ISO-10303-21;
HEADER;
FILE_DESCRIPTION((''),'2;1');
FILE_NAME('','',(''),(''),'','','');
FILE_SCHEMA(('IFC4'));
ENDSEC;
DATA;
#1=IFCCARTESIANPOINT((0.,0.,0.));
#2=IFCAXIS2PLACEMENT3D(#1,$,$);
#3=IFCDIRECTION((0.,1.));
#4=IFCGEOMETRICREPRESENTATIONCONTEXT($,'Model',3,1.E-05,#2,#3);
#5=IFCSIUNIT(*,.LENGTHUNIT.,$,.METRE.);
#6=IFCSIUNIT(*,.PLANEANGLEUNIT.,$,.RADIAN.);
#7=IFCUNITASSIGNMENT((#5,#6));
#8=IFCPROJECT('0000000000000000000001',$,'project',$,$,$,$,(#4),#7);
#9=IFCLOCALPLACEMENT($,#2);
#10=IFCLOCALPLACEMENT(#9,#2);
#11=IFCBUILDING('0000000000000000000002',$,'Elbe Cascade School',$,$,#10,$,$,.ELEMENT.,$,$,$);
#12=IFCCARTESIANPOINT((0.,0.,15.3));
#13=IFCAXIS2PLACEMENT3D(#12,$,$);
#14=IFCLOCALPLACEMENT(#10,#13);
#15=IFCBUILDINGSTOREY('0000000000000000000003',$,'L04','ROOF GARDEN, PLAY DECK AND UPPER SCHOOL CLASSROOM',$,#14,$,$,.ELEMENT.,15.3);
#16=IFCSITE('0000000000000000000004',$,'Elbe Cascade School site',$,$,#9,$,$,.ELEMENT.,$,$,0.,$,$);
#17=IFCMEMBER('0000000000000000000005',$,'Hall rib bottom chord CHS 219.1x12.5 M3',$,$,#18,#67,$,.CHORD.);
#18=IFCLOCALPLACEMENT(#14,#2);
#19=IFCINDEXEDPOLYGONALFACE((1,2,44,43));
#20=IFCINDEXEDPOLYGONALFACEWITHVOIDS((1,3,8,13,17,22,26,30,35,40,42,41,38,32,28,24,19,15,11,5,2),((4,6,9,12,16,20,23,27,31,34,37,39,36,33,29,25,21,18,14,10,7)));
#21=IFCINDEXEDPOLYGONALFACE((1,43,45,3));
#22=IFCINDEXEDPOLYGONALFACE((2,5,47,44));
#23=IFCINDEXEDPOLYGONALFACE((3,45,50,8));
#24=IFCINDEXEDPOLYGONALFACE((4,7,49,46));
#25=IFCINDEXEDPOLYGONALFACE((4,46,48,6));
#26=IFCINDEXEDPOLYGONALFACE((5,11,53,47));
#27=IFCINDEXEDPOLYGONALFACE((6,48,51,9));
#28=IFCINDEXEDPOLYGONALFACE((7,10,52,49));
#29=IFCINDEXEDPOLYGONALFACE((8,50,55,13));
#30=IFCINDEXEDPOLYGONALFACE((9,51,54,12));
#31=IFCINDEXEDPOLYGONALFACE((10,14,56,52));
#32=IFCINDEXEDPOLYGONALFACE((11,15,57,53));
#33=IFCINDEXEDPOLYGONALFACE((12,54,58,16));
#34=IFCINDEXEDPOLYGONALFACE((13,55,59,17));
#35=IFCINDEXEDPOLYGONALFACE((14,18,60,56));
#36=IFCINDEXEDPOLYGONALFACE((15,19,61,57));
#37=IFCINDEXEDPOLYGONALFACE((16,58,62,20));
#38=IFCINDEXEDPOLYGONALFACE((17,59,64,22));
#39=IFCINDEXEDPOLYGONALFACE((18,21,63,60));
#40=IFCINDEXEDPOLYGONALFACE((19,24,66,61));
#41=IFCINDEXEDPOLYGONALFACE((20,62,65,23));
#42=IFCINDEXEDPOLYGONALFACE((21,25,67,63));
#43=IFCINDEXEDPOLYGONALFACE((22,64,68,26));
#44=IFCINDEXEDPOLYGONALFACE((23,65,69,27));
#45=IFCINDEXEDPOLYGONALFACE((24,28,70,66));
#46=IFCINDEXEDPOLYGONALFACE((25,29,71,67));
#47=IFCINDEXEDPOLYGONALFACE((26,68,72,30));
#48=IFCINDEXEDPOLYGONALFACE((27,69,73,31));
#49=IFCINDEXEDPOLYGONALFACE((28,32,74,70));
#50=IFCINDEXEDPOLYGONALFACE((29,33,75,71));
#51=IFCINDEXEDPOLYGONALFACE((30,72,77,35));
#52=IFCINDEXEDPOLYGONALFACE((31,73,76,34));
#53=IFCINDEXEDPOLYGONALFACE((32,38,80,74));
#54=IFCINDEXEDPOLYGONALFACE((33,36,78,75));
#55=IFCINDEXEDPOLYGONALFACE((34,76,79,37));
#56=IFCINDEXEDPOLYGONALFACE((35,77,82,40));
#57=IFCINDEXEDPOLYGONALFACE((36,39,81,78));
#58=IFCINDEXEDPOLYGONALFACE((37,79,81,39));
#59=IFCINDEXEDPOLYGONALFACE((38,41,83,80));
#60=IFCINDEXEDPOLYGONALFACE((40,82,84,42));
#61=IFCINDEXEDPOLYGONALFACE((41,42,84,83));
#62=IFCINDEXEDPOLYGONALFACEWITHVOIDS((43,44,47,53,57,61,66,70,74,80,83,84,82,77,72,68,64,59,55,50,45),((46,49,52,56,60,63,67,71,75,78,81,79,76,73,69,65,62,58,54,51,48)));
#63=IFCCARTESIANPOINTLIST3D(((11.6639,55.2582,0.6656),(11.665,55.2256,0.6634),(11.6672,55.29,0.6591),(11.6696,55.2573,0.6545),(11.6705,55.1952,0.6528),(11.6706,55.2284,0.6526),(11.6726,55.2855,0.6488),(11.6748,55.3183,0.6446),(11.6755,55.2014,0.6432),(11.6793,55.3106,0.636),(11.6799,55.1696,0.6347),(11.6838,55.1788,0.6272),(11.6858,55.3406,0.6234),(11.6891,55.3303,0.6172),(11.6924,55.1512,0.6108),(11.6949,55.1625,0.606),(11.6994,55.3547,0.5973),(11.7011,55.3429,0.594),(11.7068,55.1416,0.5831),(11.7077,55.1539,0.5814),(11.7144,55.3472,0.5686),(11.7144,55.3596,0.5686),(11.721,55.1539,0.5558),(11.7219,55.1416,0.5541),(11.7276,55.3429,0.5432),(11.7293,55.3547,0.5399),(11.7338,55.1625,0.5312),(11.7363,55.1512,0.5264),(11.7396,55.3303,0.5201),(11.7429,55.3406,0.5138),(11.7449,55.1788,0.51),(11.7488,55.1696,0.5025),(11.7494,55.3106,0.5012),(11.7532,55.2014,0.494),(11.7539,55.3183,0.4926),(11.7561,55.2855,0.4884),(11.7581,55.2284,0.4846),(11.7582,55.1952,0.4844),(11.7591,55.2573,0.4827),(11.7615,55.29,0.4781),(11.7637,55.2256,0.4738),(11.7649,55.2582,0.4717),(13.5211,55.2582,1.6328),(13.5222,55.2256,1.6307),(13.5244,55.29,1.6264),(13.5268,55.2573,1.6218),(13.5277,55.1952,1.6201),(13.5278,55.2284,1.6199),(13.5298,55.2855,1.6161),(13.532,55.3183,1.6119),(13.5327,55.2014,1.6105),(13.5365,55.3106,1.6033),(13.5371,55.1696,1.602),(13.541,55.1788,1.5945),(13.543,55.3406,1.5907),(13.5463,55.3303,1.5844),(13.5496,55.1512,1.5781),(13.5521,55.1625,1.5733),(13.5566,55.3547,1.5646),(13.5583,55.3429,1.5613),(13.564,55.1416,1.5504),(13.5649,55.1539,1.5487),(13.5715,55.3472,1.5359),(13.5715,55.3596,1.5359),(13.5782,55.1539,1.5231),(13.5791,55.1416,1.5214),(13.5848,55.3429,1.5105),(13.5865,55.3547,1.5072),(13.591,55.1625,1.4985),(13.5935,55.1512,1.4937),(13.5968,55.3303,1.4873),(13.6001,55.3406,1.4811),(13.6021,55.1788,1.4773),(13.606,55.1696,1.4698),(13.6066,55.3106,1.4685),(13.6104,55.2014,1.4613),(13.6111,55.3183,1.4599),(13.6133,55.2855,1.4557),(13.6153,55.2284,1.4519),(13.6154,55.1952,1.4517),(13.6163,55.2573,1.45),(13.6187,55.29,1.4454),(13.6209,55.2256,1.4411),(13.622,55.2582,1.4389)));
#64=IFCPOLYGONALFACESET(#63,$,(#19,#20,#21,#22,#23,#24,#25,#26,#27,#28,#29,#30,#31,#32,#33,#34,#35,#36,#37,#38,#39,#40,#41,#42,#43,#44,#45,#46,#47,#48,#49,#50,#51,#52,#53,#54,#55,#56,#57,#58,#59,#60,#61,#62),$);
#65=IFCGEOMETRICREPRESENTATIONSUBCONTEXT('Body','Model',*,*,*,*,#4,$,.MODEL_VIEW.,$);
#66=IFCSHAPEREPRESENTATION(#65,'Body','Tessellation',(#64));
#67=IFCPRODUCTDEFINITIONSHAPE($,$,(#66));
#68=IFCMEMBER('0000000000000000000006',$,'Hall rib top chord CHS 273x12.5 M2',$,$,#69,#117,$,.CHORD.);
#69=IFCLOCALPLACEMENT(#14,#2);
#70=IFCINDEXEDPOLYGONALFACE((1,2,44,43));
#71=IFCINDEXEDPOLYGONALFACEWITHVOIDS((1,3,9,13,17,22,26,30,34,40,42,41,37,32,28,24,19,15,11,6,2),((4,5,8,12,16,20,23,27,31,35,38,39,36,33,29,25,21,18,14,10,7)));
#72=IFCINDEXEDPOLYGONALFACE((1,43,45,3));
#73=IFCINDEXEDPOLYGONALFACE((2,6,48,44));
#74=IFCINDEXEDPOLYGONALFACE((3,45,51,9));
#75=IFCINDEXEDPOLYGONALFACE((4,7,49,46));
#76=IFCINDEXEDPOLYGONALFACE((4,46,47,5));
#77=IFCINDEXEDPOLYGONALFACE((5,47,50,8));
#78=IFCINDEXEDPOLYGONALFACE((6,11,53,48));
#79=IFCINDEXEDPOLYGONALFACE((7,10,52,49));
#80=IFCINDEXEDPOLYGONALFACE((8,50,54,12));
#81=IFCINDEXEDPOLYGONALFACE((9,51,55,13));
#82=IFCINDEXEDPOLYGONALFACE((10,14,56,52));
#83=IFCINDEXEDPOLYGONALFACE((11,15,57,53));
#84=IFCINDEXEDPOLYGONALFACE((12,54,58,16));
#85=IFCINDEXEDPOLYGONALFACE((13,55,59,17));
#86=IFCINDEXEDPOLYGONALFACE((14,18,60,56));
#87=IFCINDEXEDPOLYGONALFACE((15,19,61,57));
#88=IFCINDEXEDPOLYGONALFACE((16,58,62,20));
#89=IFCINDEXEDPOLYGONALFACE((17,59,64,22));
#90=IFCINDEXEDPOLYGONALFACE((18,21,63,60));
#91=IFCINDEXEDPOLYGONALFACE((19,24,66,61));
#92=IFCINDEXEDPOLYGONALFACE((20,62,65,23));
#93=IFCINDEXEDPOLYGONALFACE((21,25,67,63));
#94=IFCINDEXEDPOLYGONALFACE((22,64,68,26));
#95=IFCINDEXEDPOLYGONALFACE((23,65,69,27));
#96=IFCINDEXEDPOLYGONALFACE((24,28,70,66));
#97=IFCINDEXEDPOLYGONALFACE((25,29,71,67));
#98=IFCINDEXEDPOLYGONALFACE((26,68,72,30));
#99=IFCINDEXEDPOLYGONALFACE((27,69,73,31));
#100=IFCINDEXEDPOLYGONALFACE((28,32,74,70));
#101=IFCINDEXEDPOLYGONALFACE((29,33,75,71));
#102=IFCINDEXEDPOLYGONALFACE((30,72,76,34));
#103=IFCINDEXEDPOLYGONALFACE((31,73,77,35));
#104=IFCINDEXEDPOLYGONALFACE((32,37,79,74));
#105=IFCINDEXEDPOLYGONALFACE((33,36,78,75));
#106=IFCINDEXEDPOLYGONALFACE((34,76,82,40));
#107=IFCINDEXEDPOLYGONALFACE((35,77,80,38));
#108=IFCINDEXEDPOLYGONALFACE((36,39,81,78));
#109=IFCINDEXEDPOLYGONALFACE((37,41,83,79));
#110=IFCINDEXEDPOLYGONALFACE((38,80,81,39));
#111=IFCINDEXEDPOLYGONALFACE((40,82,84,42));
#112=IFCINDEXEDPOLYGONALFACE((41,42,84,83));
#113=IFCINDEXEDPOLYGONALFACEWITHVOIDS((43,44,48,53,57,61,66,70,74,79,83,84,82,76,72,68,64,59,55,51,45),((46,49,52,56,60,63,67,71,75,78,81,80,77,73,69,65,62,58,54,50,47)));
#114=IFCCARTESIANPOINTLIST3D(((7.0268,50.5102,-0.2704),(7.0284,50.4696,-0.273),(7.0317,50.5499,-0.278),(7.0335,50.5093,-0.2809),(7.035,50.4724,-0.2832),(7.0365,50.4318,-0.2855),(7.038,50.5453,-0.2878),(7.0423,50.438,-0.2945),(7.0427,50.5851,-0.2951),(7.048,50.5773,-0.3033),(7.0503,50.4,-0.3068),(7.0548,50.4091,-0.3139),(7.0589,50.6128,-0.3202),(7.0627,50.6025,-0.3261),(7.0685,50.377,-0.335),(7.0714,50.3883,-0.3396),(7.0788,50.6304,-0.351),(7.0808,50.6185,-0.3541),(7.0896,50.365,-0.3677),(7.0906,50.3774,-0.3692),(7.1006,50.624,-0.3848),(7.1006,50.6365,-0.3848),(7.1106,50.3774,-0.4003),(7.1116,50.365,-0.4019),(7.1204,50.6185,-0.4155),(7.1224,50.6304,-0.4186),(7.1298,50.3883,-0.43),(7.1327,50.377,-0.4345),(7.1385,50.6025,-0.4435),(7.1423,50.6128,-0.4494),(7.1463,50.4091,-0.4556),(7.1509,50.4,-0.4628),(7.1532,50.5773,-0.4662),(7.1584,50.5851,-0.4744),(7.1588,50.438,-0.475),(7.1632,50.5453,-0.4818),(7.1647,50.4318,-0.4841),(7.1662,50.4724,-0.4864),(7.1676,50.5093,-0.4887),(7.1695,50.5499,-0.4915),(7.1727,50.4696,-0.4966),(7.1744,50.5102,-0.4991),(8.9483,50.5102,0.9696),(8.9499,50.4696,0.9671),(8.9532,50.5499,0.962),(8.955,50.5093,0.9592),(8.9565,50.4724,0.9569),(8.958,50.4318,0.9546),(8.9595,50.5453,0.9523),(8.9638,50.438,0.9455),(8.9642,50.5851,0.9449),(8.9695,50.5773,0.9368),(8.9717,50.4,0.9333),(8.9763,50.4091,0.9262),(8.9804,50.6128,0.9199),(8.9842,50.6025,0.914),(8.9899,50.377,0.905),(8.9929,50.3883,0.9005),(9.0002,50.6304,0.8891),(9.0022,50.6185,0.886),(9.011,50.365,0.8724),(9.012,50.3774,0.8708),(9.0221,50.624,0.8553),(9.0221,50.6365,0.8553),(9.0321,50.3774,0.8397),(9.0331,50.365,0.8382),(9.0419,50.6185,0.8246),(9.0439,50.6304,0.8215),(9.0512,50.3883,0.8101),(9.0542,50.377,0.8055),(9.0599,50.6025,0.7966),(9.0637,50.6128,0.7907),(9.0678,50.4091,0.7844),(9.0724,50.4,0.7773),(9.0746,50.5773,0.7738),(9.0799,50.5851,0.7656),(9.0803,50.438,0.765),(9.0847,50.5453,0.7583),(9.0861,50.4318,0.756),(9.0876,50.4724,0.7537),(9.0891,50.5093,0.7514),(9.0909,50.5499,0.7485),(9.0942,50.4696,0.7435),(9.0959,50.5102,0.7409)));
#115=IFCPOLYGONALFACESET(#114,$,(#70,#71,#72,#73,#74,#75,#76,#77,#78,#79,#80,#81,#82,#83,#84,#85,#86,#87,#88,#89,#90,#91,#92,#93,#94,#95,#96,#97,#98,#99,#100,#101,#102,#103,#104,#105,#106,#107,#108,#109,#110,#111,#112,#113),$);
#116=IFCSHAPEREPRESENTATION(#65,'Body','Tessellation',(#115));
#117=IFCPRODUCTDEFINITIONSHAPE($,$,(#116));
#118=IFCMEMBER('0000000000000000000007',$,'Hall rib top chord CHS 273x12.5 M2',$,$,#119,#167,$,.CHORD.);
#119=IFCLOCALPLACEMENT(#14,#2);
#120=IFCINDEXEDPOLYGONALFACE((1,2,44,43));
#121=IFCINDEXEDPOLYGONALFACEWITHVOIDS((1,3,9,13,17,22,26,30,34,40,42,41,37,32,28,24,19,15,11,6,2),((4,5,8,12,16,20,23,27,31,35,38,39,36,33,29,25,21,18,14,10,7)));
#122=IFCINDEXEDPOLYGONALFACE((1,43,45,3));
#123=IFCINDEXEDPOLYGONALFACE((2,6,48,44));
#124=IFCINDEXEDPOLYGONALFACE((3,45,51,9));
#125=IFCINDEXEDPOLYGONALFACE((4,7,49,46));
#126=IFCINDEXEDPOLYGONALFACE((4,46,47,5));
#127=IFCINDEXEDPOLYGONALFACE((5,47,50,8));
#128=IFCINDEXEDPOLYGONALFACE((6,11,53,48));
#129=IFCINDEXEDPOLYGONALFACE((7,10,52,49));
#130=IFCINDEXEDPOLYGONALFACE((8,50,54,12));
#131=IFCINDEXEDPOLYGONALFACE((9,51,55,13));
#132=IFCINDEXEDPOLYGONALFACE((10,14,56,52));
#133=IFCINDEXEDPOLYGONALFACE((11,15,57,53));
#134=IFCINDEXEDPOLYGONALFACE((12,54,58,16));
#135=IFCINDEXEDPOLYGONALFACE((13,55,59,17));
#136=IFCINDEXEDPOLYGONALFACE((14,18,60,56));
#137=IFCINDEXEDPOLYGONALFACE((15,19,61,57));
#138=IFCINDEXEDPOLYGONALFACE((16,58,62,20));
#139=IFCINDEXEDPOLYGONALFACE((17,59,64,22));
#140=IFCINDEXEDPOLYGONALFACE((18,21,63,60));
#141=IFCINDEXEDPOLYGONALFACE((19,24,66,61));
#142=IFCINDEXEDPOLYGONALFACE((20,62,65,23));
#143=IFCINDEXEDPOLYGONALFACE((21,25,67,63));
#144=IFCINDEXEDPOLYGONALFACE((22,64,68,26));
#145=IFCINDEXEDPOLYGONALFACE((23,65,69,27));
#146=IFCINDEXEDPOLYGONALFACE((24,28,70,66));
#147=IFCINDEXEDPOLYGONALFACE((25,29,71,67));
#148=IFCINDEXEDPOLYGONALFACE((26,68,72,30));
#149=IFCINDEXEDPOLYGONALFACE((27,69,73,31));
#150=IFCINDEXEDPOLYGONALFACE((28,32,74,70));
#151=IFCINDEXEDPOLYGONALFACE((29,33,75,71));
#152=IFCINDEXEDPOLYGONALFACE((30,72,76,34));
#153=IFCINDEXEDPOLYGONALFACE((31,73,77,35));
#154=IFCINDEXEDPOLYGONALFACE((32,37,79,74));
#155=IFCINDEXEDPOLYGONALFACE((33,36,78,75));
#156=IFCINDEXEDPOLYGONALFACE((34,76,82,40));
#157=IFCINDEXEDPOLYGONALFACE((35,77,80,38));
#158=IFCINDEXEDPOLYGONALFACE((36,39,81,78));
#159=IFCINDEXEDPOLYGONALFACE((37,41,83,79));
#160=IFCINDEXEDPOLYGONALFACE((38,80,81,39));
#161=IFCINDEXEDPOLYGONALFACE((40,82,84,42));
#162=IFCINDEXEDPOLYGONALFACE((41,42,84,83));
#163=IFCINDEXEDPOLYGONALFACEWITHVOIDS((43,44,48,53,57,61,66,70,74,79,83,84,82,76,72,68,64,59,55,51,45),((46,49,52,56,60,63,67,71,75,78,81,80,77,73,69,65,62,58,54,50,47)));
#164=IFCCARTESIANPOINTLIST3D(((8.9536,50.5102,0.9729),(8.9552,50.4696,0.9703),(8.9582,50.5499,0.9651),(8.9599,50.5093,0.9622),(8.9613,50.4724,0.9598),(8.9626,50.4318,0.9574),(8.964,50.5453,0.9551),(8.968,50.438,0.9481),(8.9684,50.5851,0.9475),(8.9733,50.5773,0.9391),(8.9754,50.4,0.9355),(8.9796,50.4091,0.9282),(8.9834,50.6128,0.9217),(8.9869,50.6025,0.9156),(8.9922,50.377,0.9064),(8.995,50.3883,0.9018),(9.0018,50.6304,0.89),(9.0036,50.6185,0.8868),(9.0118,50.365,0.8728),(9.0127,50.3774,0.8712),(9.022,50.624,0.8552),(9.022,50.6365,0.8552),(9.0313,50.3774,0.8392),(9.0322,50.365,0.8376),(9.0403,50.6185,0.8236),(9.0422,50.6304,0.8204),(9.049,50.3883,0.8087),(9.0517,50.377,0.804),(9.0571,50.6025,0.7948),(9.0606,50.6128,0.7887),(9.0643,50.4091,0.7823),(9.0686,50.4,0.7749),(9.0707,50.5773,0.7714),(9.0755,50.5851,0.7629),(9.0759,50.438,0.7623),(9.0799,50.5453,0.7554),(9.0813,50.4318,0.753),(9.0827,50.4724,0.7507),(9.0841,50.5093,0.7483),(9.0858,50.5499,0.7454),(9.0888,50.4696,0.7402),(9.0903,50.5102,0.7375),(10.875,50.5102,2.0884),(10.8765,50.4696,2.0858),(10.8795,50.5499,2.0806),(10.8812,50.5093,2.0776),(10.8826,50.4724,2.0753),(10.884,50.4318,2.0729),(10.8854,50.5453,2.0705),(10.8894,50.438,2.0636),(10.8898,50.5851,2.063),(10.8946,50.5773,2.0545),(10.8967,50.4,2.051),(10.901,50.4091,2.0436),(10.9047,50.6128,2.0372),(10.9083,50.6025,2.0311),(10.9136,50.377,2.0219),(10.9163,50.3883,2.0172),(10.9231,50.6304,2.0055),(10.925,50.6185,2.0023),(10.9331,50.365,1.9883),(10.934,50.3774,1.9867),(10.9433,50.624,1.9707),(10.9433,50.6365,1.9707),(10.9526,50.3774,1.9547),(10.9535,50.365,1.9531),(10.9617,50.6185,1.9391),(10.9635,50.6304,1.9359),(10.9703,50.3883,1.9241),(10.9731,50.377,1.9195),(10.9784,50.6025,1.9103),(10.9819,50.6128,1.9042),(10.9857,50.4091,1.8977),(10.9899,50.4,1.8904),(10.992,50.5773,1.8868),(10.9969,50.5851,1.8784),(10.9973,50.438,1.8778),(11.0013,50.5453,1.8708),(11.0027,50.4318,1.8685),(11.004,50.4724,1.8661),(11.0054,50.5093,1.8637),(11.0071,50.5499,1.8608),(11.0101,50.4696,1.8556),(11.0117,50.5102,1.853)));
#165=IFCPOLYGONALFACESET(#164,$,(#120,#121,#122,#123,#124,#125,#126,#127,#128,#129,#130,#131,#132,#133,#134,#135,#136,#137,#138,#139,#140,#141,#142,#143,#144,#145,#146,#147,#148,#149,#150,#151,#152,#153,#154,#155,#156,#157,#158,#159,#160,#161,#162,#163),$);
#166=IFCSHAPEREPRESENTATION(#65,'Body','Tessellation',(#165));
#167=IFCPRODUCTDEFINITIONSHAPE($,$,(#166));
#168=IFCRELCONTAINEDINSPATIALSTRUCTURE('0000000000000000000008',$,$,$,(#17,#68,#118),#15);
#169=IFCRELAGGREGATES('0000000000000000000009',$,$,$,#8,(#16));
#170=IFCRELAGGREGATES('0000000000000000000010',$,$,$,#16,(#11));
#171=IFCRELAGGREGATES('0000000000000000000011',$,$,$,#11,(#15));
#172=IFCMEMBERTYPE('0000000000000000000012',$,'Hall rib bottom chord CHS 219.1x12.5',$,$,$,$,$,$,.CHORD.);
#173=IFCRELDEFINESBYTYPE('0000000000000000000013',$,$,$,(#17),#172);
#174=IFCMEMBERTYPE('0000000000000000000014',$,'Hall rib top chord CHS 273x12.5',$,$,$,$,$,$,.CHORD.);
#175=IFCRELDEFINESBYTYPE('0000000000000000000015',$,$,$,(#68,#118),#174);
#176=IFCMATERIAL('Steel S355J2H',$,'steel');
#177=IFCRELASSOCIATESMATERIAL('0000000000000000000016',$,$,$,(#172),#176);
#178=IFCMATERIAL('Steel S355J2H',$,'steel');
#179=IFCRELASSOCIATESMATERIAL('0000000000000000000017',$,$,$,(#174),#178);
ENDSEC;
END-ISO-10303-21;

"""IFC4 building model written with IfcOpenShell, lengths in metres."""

from ifc_helpers import new_model, si_unit, direction, frame, origin, origin_2d, place, context, subcontext, project, spatial, hollow_circle, extrude, material, material_profile, profile_set, type_object, element, save


model = new_model("IFC4")

# Units and contexts
model_context = context("Model", 3, precision=1e-05, world=origin(), true_north=direction((0.0, 1.0)))
body_context = subcontext(model_context, "Body", "Model", "MODEL_VIEW")
ifc_project = project(units=[si_unit("LENGTHUNIT", "METRE"), si_unit("PLANEANGLEUNIT", "RADIAN")], contexts=[model_context])

# Site, building, storey
site_placement = place(None, origin())
site = spatial("IfcSite", under=ifc_project, at=site_placement, Name="Elbe Cascade School site", CompositionType="ELEMENT", RefElevation=0.0)
building_placement = place(site_placement, origin())
building = spatial("IfcBuilding", under=site, at=building_placement, Name="Elbe Cascade School", CompositionType="ELEMENT")
storey_placement = place(building_placement, frame((0.0, 0.0, 15.3)))
storey = spatial("IfcBuildingStorey", under=building, at=storey_placement, Name="L04", Description="ROOF GARDEN, PLAY DECK AND UPPER SCHOOL CLASSROOM", CompositionType="ELEMENT", Elevation=15.3)

# Members
ifc_material_1 = material(Name="Steel S355J2H", Category="steel")
ifc_material_profile_1 = material_profile(ifc_material_1, hollow_circle(Radius=0.1096, WallThickness=0.0125, at=origin_2d()), Name="CHS 219.1x12.5")
ifc_profile_set_1 = profile_set([ifc_material_profile_1], Name="Steel S355J2H")
member_type_1 = type_object("IfcMemberType", Name="Hall rib bottom chord CHS 219.1x12.5", PredefinedType="CHORD", material=ifc_profile_set_1)
member_1_placement = place(storey_placement, frame((11.7144, 55.25, 0.5686), z_axis=(0.886913, 0.0, 0.461936), x_axis=(0.0, 1.0, 0.0)))
element("IfcMember", 1, at=member_1_placement, inside=storey, type_object=member_type_1, Name="Hall rib bottom chord CHS 219.1x12.5 M3", PredefinedType="CHORD", context=body_context, shape_type="SweptSolid", body=[
    extrude(hollow_circle(Radius=0.1096, WallThickness=0.0125, at=origin_2d()), origin(), (0.0, 0.0, 1.0), 2.094),
])
ifc_material_2 = material(Name="Steel S355J2H", Category="steel")
ifc_material_profile_2 = material_profile(ifc_material_2, hollow_circle(Radius=0.1365, WallThickness=0.0125, at=origin_2d()), Name="CHS 273x12.5")
ifc_profile_set_2 = profile_set([ifc_material_profile_2], Name="Steel S355J2H")
member_type_2 = type_object("IfcMemberType", Name="Hall rib top chord CHS 273x12.5", PredefinedType="CHORD", material=ifc_profile_set_2)
member_2_placement = place(storey_placement, frame((7.1006, 50.5, -0.3848), z_axis=(0.84022, 0.0, 0.542246), x_axis=(0.0, 1.0, 0.0)))
element("IfcMember", 2, at=member_2_placement, inside=storey, type_object=member_type_2, Name="Hall rib top chord CHS 273x12.5 M2", PredefinedType="CHORD", context=body_context, shape_type="SweptSolid", body=[
    extrude(hollow_circle(Radius=0.1365, WallThickness=0.0125, at=origin_2d()), origin(), (0.0, 0.0, 1.0), 2.2869),
])
member_3_placement = place(storey_placement, frame((9.022, 50.5, 0.8552), z_axis=(0.864821, 0.0, 0.50208), x_axis=(0.0, 1.0, 0.0)))
element("IfcMember", 3, at=member_3_placement, inside=storey, type_object=member_type_2, Name="Hall rib top chord CHS 273x12.5 M2", PredefinedType="CHORD", context=body_context, shape_type="SweptSolid", body=[
    extrude(hollow_circle(Radius=0.1365, WallThickness=0.0125, at=origin_2d()), origin(), (0.0, 0.0, 1.0), 2.2217),
])

save(model, "model.ifc")
